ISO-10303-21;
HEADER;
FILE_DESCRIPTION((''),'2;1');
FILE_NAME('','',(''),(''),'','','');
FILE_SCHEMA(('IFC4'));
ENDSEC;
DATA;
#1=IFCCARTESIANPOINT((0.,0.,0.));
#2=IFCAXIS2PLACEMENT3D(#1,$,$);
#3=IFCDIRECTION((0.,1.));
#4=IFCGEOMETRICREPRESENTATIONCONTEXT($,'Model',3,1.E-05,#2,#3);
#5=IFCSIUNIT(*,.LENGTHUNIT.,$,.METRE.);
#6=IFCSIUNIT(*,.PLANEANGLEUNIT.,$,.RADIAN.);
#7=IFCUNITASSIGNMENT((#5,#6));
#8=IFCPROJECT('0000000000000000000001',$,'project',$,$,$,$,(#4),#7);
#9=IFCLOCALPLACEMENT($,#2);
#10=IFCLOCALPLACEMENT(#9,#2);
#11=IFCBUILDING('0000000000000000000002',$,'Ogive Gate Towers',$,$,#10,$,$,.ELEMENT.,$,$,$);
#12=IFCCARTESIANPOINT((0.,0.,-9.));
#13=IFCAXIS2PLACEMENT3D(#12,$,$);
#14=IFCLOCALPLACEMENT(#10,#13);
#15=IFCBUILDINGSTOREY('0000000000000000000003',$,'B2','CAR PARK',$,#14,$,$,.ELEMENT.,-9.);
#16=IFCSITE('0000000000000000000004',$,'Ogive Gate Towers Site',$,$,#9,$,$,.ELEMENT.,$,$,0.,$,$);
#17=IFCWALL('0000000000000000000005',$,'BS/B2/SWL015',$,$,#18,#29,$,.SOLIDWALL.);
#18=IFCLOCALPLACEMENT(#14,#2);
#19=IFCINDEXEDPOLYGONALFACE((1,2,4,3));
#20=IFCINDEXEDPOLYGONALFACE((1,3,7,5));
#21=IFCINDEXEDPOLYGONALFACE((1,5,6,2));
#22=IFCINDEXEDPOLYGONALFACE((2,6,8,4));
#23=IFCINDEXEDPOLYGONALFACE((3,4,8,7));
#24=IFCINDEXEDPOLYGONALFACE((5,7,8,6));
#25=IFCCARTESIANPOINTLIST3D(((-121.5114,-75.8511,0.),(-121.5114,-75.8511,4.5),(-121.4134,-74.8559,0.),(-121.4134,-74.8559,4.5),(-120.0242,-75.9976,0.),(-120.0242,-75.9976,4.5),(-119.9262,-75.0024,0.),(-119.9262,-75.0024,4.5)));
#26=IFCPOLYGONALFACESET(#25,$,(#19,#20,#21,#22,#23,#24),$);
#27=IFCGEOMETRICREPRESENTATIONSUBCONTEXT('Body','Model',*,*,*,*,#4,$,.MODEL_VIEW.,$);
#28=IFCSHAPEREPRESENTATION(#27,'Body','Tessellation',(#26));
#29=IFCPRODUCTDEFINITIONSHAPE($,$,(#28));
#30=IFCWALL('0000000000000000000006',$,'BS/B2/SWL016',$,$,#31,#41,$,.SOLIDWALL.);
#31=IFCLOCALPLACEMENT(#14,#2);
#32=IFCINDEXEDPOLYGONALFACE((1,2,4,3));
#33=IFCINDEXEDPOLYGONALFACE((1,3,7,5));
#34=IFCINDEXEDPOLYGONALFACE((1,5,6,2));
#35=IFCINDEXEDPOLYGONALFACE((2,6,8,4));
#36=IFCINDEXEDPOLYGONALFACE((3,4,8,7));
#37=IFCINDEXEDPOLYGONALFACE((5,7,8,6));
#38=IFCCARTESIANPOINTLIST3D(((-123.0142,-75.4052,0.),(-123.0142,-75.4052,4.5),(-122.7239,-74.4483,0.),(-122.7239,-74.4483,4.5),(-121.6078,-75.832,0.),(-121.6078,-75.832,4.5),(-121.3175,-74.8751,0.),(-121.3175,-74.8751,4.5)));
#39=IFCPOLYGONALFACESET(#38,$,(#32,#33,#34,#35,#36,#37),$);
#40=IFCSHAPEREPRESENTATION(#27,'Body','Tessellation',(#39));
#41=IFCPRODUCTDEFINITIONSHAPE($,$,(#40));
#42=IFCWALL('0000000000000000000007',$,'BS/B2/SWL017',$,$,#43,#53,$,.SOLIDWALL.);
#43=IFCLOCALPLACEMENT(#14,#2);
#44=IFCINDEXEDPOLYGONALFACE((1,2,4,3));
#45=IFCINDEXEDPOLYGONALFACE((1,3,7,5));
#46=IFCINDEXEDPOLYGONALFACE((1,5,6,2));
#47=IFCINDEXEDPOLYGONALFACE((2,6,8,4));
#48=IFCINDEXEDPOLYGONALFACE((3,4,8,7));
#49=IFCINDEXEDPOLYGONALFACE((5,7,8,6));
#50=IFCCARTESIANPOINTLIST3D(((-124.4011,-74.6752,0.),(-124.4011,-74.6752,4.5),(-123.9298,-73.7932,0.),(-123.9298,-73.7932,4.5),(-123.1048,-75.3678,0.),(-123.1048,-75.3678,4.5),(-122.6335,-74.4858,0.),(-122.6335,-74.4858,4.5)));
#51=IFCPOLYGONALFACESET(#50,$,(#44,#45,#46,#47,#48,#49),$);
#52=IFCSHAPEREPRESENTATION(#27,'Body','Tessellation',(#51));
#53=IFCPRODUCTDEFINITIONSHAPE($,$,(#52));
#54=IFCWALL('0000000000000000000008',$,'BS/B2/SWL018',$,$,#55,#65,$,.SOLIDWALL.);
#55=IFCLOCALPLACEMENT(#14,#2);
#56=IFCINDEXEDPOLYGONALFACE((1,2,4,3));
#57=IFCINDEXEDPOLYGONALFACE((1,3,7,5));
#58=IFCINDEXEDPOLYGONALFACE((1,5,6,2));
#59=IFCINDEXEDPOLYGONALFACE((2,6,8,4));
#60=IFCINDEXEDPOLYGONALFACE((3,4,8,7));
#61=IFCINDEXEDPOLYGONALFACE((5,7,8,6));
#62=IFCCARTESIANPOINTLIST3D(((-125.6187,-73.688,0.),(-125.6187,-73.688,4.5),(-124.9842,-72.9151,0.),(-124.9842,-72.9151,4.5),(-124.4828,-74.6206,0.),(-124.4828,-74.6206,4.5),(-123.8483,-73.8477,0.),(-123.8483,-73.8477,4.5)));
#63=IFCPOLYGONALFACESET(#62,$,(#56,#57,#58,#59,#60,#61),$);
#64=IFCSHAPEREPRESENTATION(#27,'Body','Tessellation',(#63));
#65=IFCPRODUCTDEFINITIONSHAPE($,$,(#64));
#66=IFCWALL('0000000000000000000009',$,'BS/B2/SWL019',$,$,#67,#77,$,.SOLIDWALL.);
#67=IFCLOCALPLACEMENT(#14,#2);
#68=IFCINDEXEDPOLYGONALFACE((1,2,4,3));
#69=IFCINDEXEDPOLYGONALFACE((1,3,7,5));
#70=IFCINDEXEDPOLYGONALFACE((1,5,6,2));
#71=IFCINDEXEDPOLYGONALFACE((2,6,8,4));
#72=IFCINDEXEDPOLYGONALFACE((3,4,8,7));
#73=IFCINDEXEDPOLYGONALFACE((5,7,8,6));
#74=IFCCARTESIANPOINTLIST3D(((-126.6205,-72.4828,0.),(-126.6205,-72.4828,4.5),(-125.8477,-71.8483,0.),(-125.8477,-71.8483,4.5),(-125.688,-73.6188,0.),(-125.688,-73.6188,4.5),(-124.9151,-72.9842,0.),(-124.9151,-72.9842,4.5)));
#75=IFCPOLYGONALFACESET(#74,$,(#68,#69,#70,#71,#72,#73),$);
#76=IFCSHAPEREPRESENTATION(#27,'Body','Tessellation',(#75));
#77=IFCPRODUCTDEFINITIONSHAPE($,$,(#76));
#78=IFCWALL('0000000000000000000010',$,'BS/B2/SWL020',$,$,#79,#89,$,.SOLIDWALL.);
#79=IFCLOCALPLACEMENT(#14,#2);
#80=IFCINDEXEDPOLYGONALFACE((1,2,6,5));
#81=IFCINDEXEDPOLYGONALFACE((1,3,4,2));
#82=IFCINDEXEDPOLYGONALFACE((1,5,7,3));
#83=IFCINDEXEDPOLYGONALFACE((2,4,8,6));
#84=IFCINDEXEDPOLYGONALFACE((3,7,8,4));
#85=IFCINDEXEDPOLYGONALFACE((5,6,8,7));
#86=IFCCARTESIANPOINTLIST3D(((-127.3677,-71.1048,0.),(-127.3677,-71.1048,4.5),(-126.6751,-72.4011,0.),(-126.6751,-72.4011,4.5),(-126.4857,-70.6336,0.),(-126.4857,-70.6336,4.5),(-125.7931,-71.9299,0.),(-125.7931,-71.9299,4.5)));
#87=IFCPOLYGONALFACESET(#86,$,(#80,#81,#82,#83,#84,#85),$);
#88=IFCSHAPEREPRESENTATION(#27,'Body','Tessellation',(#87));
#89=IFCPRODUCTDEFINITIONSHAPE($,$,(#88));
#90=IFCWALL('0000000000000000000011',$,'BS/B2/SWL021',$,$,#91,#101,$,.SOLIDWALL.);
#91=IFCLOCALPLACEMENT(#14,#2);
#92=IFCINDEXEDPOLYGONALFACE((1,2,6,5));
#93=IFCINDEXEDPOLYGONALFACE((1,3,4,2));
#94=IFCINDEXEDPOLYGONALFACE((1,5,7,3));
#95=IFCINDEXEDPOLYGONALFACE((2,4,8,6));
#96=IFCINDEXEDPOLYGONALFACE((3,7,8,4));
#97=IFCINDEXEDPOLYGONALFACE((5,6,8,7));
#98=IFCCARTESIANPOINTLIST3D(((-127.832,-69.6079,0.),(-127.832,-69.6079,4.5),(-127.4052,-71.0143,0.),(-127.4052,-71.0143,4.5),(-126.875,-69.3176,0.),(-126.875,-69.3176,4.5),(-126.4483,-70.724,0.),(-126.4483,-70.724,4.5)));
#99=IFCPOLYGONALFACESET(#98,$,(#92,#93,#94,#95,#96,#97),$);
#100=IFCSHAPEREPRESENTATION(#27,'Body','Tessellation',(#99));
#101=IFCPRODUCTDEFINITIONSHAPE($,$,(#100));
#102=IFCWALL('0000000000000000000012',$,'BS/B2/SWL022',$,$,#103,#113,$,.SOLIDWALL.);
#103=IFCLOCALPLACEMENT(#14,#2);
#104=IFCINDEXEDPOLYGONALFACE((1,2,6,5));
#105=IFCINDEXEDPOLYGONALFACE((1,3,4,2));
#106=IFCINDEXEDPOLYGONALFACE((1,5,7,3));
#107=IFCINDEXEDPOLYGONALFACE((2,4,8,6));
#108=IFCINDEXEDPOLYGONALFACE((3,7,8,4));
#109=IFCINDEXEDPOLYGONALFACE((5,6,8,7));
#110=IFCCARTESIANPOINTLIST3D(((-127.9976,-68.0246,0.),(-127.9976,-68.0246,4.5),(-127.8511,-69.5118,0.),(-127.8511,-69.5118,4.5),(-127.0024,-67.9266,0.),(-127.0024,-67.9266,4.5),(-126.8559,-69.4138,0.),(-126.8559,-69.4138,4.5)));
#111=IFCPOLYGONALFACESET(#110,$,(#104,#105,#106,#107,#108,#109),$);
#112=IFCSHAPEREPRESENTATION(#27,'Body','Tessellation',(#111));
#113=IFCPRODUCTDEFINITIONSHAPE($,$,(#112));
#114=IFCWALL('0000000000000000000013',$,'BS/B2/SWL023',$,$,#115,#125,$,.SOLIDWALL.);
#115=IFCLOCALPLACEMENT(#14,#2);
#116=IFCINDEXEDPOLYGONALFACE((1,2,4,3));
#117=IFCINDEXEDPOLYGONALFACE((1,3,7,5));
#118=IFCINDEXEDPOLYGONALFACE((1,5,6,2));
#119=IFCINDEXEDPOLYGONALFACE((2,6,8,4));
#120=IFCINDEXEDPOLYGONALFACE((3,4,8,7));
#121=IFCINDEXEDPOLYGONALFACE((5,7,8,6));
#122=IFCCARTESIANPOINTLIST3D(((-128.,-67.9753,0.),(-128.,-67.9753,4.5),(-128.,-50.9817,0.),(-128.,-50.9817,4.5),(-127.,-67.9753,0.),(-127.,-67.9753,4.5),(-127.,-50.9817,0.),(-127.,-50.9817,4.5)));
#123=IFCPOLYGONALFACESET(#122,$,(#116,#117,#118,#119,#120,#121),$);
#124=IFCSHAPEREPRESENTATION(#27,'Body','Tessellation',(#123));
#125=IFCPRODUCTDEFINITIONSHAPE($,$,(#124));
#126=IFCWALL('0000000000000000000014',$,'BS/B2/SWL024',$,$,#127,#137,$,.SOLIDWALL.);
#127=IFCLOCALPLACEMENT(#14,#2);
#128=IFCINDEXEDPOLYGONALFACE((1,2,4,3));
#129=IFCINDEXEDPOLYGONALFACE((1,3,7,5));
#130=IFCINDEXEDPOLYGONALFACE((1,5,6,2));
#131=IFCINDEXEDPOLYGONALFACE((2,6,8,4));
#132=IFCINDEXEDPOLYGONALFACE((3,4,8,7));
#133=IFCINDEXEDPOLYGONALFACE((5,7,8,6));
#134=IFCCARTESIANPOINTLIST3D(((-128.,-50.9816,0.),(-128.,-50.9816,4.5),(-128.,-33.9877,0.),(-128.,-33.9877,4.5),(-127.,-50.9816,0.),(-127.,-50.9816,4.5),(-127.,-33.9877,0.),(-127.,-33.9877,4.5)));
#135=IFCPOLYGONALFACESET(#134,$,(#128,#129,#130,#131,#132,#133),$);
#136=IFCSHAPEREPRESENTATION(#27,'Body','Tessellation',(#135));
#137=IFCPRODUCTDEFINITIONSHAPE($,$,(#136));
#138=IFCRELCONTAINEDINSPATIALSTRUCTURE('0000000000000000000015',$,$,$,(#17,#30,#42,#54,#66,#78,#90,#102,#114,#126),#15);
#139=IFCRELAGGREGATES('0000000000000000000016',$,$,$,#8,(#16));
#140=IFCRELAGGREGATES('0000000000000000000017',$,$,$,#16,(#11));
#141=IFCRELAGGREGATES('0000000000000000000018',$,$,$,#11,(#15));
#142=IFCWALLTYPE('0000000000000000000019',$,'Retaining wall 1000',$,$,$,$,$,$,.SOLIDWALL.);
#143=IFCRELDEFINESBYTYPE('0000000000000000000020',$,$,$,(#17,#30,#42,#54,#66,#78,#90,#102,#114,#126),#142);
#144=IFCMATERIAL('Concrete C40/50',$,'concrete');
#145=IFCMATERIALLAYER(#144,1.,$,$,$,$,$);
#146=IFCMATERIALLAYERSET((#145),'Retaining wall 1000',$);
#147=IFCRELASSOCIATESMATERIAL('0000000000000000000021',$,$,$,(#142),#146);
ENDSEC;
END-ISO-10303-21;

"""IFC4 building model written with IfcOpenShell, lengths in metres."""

from ifc_helpers import new_model, si_unit, direction, frame, frame_2d, origin, place, context, subcontext, project, spatial, rectangle, extrude, material, layer, layer_set, type_object, element, save


model = new_model("IFC4")

# Units and contexts
model_context = context("Model", 3, precision=1e-05, world=origin(), true_north=direction((0.0, 1.0)))
body_context = subcontext(model_context, "Body", "Model", "MODEL_VIEW")
ifc_project = project(units=[si_unit("LENGTHUNIT", "METRE"), si_unit("PLANEANGLEUNIT", "RADIAN")], contexts=[model_context])

# Site, building, storey
site_placement = place(None, origin())
site = spatial("IfcSite", under=ifc_project, at=site_placement, Name="Ogive Gate Towers Site", CompositionType="ELEMENT", RefElevation=0.0)
building_placement = place(site_placement, origin())
building = spatial("IfcBuilding", under=site, at=building_placement, Name="Ogive Gate Towers", CompositionType="ELEMENT")
storey_placement = place(building_placement, frame((0.0, 0.0, -9.0)))
storey = spatial("IfcBuildingStorey", under=building, at=storey_placement, Name="B2", Description="CAR PARK", CompositionType="ELEMENT", Elevation=-9.0)

# Shared definitions
ifc_material_1 = material(Name="Concrete C40/50", Category="concrete")

# Walls
ifc_layer_1 = layer(ifc_material_1, 1.0)
ifc_layer_set_1 = layer_set([ifc_layer_1], Name="Retaining wall 1000")
wall_type_1 = type_object("IfcWallType", Name="Retaining wall 1000", PredefinedType="SOLIDWALL", material=ifc_layer_set_1)
wall_1_placement = place(storey_placement, frame((-119.9753, -75.5, 0.0), z_axis=(0.0, 0.0, 1.0), x_axis=(-0.995185, 0.098016, 0.0)))
element("IfcWall", 1, at=wall_1_placement, inside=storey, type_object=wall_type_1, Name="BS/B2/SWL015", PredefinedType="SOLIDWALL", context=body_context, shape_type="SweptSolid", body=[
    extrude(rectangle(XDim=1.4944, YDim=1.0, at=frame_2d((0.7471, 0.0))), origin(), (0.0, 0.0, 1.0), 4.5),
])
for number, where, z_axis, x_axis, name in (
    (2, (-121.4626, -75.3535, 0.0), (0.0, 0.0, 1.0), (-0.956921, 0.290349, 0.0), "BS/B2/SWL016"),
    (3, (-122.8691, -74.9268, 0.0), (0.0, 0.0, 1.0), (-0.882008, 0.471235, 0.0), "BS/B2/SWL017"),
    (4, (-124.1655, -74.2341, 0.0), (0.0, 0.0, 1.0), (-0.772898, 0.63453, 0.0), "BS/B2/SWL018"),
    (5, (-125.3015, -73.3015, 0.0), (0.0, 0.0, 1.0), (-0.63453, 0.772898, 0.0), "BS/B2/SWL019"),
    (6, (-126.2341, -72.1655, 0.0), (0.0, 0.0, 1.0), (-0.471235, 0.882008, 0.0), "BS/B2/SWL020"),
    (7, (-126.9268, -70.8691, 0.0), (0.0, 0.0, 1.0), (-0.290349, 0.956921, 0.0), "BS/B2/SWL021"),
):
    element("IfcWall", number, at=place(storey_placement, frame(where, z_axis=z_axis, x_axis=x_axis)), inside=storey, type_object=wall_type_1, Name=name, PredefinedType="SOLIDWALL", context=body_context, shape_type="SweptSolid", body=[
        extrude(rectangle(XDim=1.4697, YDim=1.0, at=frame_2d((0.7349, 0.0))), origin(), (0.0, 0.0, 1.0), 4.5),
    ])
wall_2_placement = place(storey_placement, frame((-127.3535, -69.4626, 0.0), z_axis=(0.0, 0.0, 1.0), x_axis=(-0.098016, 0.995185, 0.0)))
element("IfcWall", 8, at=wall_2_placement, inside=storey, type_object=wall_type_1, Name="BS/B2/SWL022", PredefinedType="SOLIDWALL", context=body_context, shape_type="SweptSolid", body=[
    extrude(rectangle(XDim=1.4944, YDim=1.0, at=frame_2d((0.7471, 0.0))), origin(), (0.0, 0.0, 1.0), 4.5),
])
wall_3_placement = place(storey_placement, frame((-127.5, -67.9753, 0.0), z_axis=(0.0, 0.0, 1.0), x_axis=(0.0, 1.0, 0.0)))
element("IfcWall", 9, at=wall_3_placement, inside=storey, type_object=wall_type_1, Name="BS/B2/SWL023", PredefinedType="SOLIDWALL", context=body_context, shape_type="SweptSolid", body=[
    extrude(rectangle(XDim=16.9937, YDim=1.0, at=frame_2d((8.4968, 0.0))), origin(), (0.0, 0.0, 1.0), 4.5),
])
wall_4_placement = place(storey_placement, frame((-127.5, -50.9817, 0.0), z_axis=(0.0, 0.0, 1.0), x_axis=(0.0, 1.0, 0.0)))
element("IfcWall", 10, at=wall_4_placement, inside=storey, type_object=wall_type_1, Name="BS/B2/SWL024", PredefinedType="SOLIDWALL", context=body_context, shape_type="SweptSolid", body=[
    extrude(rectangle(XDim=16.9939, YDim=1.0, at=frame_2d((8.4971, 0.0))), origin(), (0.0, 0.0, 1.0), 4.5),
])

save(model, "model.ifc")
